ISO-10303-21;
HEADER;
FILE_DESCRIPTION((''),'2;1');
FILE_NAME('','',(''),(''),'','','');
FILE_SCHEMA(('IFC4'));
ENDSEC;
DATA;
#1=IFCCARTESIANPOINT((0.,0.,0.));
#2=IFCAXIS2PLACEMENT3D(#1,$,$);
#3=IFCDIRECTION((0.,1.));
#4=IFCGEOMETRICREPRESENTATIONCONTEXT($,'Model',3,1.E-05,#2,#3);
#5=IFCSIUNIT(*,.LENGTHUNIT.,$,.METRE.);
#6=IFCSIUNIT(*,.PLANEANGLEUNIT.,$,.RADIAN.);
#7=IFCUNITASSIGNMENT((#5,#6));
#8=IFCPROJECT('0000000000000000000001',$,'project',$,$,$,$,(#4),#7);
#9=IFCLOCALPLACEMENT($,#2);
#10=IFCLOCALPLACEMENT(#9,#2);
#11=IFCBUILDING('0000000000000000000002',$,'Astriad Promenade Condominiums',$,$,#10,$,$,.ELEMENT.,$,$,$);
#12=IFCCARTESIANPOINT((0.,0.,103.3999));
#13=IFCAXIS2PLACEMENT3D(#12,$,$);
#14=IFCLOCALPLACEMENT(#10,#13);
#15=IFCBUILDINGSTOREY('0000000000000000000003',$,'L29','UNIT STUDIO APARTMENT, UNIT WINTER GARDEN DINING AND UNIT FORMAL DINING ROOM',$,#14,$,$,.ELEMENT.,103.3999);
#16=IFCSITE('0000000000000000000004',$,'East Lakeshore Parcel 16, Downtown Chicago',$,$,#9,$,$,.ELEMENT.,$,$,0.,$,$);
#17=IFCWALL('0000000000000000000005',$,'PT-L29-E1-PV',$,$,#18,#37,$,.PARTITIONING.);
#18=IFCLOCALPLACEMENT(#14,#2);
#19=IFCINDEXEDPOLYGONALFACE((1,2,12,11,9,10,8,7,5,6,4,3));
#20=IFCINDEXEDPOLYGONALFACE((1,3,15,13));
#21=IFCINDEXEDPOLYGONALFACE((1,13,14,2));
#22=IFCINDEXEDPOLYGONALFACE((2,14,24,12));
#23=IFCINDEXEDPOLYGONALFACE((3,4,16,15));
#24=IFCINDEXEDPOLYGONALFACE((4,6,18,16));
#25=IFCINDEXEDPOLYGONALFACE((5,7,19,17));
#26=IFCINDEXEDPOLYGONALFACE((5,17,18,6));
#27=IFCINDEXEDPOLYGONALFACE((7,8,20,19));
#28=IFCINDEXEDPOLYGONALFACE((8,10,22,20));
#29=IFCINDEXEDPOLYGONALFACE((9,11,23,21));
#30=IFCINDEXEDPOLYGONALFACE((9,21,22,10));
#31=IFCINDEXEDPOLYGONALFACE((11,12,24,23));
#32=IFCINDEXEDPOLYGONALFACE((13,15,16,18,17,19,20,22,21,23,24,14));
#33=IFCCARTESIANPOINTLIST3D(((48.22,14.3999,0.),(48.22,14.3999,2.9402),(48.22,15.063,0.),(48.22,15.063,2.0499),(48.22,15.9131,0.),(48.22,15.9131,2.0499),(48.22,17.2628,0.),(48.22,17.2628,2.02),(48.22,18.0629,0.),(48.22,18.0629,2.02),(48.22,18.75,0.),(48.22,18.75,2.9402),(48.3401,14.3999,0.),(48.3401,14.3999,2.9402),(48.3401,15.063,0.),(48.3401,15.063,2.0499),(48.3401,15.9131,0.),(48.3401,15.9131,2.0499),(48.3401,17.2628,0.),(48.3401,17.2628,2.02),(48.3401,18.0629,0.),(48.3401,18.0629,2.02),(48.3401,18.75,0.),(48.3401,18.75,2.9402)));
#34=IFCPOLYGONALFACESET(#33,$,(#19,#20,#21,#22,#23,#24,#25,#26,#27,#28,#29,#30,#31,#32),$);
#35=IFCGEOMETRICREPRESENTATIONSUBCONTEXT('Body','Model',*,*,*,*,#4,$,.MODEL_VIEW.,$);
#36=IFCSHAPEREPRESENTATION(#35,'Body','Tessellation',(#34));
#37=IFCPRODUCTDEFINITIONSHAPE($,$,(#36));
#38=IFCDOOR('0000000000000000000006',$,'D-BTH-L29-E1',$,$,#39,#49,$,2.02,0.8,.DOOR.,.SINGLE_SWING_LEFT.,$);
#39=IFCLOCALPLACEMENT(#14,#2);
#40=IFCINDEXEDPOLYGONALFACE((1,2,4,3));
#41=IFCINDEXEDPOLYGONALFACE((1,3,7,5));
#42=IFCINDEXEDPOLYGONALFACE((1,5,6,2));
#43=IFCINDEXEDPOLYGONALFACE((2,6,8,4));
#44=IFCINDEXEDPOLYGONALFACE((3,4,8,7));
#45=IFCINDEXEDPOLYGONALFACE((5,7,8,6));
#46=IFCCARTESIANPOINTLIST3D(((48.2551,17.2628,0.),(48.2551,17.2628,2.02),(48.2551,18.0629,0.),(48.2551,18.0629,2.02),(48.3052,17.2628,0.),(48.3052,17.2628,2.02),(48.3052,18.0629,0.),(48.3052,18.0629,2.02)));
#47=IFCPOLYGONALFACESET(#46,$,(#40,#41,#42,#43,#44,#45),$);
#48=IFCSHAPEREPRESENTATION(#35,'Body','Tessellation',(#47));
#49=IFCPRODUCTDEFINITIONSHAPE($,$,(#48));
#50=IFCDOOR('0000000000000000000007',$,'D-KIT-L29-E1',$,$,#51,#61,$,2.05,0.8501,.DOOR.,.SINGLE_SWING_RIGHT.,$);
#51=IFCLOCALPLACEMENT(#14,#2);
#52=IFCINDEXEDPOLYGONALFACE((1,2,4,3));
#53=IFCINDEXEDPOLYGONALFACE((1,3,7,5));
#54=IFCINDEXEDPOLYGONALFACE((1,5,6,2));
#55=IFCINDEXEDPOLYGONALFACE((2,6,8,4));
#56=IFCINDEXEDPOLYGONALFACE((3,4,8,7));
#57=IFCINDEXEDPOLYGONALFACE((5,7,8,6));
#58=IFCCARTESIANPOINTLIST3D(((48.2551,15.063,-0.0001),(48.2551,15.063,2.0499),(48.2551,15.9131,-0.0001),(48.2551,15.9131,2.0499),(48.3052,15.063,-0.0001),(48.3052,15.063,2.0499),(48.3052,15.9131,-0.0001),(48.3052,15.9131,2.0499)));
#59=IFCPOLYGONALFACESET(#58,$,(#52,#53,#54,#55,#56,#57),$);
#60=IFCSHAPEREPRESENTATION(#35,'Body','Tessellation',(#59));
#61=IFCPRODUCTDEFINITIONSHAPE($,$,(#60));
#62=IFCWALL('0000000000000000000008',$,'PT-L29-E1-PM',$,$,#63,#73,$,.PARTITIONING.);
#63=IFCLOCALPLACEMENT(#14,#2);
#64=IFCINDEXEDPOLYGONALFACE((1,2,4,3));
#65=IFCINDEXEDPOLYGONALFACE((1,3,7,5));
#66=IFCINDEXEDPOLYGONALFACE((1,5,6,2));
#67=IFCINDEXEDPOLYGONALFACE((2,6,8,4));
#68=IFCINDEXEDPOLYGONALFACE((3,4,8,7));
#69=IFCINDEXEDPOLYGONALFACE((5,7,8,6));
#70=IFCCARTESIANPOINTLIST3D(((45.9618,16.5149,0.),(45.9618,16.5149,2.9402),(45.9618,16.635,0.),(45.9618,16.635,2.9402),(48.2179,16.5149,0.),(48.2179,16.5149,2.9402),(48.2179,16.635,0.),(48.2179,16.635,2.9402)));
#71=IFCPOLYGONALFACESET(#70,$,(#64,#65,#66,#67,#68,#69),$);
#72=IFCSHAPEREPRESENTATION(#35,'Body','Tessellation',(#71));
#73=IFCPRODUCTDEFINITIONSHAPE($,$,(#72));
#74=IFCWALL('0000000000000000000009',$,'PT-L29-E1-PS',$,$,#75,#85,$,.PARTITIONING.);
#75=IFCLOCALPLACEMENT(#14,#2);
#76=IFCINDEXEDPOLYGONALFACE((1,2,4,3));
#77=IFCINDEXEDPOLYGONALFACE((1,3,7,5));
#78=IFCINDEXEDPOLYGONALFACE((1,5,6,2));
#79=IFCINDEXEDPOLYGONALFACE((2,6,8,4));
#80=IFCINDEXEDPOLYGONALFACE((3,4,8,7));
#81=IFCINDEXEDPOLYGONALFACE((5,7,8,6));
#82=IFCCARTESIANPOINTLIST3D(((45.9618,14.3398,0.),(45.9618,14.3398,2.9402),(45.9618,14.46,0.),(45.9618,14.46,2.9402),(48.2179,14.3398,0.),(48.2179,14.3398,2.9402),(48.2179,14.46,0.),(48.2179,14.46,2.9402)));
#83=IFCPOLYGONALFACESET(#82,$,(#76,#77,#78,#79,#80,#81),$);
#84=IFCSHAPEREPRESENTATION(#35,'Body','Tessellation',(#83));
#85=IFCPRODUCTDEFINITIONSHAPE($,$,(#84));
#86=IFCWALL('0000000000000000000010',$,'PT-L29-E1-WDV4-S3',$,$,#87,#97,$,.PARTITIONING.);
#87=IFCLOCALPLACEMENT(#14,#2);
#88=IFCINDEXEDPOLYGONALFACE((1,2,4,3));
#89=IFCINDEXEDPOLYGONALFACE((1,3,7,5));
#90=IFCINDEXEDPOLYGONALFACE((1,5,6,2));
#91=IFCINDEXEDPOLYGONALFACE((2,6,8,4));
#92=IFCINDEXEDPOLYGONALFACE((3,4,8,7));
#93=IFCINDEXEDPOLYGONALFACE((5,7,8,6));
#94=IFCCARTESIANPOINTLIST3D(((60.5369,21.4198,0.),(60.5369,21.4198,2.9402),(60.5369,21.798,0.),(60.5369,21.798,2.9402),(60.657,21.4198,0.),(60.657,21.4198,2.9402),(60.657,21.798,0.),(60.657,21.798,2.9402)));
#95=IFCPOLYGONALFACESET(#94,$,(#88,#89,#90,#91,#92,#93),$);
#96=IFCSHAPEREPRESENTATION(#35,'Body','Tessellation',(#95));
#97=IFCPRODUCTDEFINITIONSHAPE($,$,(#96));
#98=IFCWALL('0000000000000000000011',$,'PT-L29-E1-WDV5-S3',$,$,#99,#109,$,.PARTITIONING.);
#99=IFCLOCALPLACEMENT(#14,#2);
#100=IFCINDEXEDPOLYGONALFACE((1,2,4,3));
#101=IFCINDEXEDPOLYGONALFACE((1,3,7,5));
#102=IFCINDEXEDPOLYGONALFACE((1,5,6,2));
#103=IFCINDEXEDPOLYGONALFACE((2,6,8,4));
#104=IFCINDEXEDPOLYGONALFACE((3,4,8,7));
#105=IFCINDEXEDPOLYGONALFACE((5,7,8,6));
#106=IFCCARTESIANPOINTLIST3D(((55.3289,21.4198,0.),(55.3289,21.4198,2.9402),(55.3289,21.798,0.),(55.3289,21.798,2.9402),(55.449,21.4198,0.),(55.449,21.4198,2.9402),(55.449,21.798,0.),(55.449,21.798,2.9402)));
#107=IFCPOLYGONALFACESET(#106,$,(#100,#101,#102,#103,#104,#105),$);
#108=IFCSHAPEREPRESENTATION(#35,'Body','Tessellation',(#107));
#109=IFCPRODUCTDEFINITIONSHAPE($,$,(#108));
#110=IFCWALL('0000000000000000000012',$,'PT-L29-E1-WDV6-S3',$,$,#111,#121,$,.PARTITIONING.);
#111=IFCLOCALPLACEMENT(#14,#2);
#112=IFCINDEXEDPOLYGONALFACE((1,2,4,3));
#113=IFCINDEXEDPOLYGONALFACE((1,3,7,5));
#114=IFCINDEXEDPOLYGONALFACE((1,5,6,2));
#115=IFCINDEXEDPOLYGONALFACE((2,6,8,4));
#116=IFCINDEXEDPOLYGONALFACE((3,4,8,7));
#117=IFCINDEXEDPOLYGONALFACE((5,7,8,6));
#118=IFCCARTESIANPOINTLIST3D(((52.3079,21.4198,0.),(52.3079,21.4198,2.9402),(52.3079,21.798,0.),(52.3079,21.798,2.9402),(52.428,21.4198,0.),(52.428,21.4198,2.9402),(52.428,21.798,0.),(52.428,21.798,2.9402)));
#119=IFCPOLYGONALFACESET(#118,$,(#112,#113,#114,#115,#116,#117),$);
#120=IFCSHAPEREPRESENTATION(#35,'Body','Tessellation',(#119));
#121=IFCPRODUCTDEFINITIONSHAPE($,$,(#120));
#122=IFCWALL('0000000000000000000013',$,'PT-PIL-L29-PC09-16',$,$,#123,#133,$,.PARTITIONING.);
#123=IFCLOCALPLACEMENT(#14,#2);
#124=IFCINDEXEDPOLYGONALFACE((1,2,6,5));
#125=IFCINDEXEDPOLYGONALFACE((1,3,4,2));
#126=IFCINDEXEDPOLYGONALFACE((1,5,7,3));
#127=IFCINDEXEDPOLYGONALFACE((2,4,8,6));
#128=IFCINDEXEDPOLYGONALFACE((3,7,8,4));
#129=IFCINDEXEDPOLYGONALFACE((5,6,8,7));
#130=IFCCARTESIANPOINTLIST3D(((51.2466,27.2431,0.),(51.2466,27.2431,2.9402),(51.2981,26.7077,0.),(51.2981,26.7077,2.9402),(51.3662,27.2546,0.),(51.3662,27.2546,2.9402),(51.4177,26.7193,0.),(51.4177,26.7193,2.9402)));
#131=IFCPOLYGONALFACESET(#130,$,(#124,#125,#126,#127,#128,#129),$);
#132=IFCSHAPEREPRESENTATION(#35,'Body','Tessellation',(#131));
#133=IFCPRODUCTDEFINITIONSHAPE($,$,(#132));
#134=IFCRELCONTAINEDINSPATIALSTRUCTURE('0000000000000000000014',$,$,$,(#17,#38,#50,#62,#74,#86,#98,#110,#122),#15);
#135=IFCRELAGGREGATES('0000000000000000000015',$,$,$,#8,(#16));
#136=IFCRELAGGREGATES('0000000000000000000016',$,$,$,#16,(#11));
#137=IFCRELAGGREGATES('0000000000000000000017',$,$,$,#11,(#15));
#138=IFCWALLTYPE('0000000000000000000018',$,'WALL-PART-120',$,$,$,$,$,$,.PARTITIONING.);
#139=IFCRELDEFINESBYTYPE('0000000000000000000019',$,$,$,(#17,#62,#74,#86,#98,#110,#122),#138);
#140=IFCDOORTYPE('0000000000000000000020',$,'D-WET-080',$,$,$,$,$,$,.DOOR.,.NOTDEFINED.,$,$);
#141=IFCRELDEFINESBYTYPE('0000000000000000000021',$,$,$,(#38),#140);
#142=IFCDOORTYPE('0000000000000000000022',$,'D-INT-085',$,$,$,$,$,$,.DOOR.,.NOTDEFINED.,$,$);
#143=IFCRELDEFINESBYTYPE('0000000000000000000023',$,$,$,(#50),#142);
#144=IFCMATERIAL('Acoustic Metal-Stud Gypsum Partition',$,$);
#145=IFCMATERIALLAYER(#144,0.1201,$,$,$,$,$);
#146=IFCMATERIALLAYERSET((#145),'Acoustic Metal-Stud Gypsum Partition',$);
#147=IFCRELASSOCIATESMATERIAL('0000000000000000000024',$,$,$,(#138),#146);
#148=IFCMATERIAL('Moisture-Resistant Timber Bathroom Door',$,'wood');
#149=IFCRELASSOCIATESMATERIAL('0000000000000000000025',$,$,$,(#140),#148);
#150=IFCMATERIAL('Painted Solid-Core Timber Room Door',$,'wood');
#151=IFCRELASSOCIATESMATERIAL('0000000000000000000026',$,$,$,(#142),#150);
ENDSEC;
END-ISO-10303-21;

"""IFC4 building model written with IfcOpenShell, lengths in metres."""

from ifc_helpers import new_model, si_unit, direction, frame, frame_2d, origin, place, context, subcontext, project, spatial, rectangle, extrude, source, transform, mapped, material, layer, layer_set, type_object, type_shapes, element, fill, save


model = new_model("IFC4")

# Units and contexts
model_context = context("Model", 3, precision=1e-05, world=origin(), true_north=direction((0.0, 1.0)))
body_context = subcontext(model_context, "Body", "Model", "MODEL_VIEW")
ifc_project = project(units=[si_unit("LENGTHUNIT", "METRE"), si_unit("PLANEANGLEUNIT", "RADIAN")], contexts=[model_context])

# Site, building, storey
site_placement = place(None, origin())
site = spatial("IfcSite", under=ifc_project, at=site_placement, Name="East Lakeshore Parcel 16, Downtown Chicago", CompositionType="ELEMENT", RefElevation=0.0)
building_placement = place(site_placement, origin())
building = spatial("IfcBuilding", under=site, at=building_placement, Name="Astriad Promenade Condominiums", CompositionType="ELEMENT")
storey_placement = place(building_placement, frame((0.0, 0.0, 103.3999)))
storey = spatial("IfcBuildingStorey", under=building, at=storey_placement, Name="L29", Description="UNIT STUDIO APARTMENT, UNIT WINTER GARDEN DINING AND UNIT FORMAL DINING ROOM", CompositionType="ELEMENT", Elevation=103.3999)

# Wall, openings, doors
ifc_material_1 = material(Name="Acoustic Metal-Stud Gypsum Partition")
ifc_layer_1 = layer(ifc_material_1, 0.1201)
ifc_layer_set_1 = layer_set([ifc_layer_1], Name="Acoustic Metal-Stud Gypsum Partition")
wall_type_1 = type_object("IfcWallType", Name="WALL-PART-120", PredefinedType="PARTITIONING", material=ifc_layer_set_1)
wall_1_placement = place(storey_placement, frame((48.28, 14.3999, 0.0), z_axis=(0.0, 0.0, 1.0), x_axis=(0.0, 1.0, 0.0)))
wall_1 = element("IfcWall", 1, at=wall_1_placement, inside=storey, type_object=wall_type_1, Name="PT-L29-E1-PV", PredefinedType="PARTITIONING", context=body_context, shape_type="SweptSolid", body=[
    extrude(rectangle(XDim=4.3501, YDim=0.1201, at=frame_2d((2.175, 0.0))), origin(), (0.0, 0.0, 1.0), 2.9402),
])
opening_1_placement = place(wall_1_placement, frame((0.6631, 0.0, 0.0)))
opening_1 = element("IfcOpeningElement", 2, at=opening_1_placement, cuts=wall_1, PredefinedType="OPENING", context=body_context, shape_type="SweptSolid", body=[
    extrude(rectangle(XDim=0.8501, YDim=2.05, at=frame_2d((0.425, 1.0249))), frame((0.0, 0.0701, 0.0), z_axis=(0.0, -1.0, 0.0), x_axis=(1.0, 0.0, 0.0)), (0.0, 0.0, 1.0), 0.1401),
])
opening_2_placement = place(wall_1_placement, frame((2.863, 0.0, 0.0)))
opening_2 = element("IfcOpeningElement", 3, at=opening_2_placement, cuts=wall_1, PredefinedType="OPENING", context=body_context, shape_type="SweptSolid", body=[
    extrude(rectangle(XDim=0.8, YDim=2.02, at=frame_2d((0.3999, 1.01))), frame((0.0, 0.0701, 0.0), z_axis=(0.0, -1.0, 0.0), x_axis=(1.0, 0.0, 0.0)), (0.0, 0.0, 1.0), 0.1401),
])
ifc_material_2 = material(Name="Moisture-Resistant Timber Bathroom Door", Category="wood")
door_type_1 = type_object("IfcDoorType", Name="D-WET-080", OperationType="NOTDEFINED", PredefinedType="DOOR", material=ifc_material_2)
shared_shape_1 = source(origin(), body_context, "Body", "SweptSolid", [
    extrude(rectangle(XDim=0.8, YDim=2.02, at=frame_2d((0.3999, 1.01))), frame((0.0, 0.0249, 0.0), z_axis=(0.0, -1.0, 0.0), x_axis=(1.0, 0.0, 0.0)), (0.0, 0.0, 1.0), 0.05),
])
type_shapes(door_type_1, [shared_shape_1])
door_1_placement = place(opening_2_placement, origin())
door_1 = element("IfcDoor", 4, at=door_1_placement, inside=storey, type_object=door_type_1, Name="D-BTH-L29-E1", OperationType="SINGLE_SWING_LEFT", OverallHeight=2.02, OverallWidth=0.8, PredefinedType="DOOR", context=body_context, shape_type="MappedRepresentation", body=[
    mapped(shared_shape_1, transform((0.0, 0.0, 0.0), scale=1.0)),
])
fill(opening_2, door_1)
ifc_material_3 = material(Name="Painted Solid-Core Timber Room Door", Category="wood")
door_type_2 = type_object("IfcDoorType", Name="D-INT-085", OperationType="NOTDEFINED", PredefinedType="DOOR", material=ifc_material_3)
shared_shape_2 = source(origin(), body_context, "Body", "SweptSolid", [
    extrude(rectangle(XDim=0.8501, YDim=2.05, at=frame_2d((0.425, 1.0249))), frame((0.0, 0.0249, 0.0), z_axis=(0.0, -1.0, 0.0), x_axis=(1.0, 0.0, 0.0)), (0.0, 0.0, 1.0), 0.05),
])
type_shapes(door_type_2, [shared_shape_2])
door_2_placement = place(opening_1_placement, origin())
door_2 = element("IfcDoor", 5, at=door_2_placement, inside=storey, type_object=door_type_2, Name="D-KIT-L29-E1", OperationType="SINGLE_SWING_RIGHT", OverallHeight=2.05, OverallWidth=0.8501, PredefinedType="DOOR", context=body_context, shape_type="MappedRepresentation", body=[
    mapped(shared_shape_2, transform((0.0, 0.0, 0.0), scale=1.0)),
])
fill(opening_1, door_2)

# Walls
for number, where, z_axis, x_axis, name in (
    (6, (45.9619, 16.575, 0.0), (0.0, 0.0, 1.0), (1.0, 0.0, 0.0), "PT-L29-E1-PM"),
    (7, (45.9619, 14.3999, 0.0), (0.0, 0.0, 1.0), (1.0, 0.0, 0.0), "PT-L29-E1-PS"),
):
    element("IfcWall", number, at=place(storey_placement, frame(where, z_axis=z_axis, x_axis=x_axis)), inside=storey, type_object=wall_type_1, Name=name, PredefinedType="PARTITIONING", context=body_context, shape_type="SweptSolid", body=[
        extrude(rectangle(XDim=2.2561, YDim=0.1201, at=frame_2d((1.1279, 0.0))), origin(), (0.0, 0.0, 1.0), 2.9402),
    ])
for number, where, z_axis, x_axis, name in (
    (8, (60.5969, 21.4199, 0.0), (0.0, 0.0, 1.0), (0.0, 1.0, 0.0), "PT-L29-E1-WDV4-S3"),
    (9, (55.3889, 21.4199, 0.0), (0.0, 0.0, 1.0), (0.0, 1.0, 0.0), "PT-L29-E1-WDV5-S3"),
    (10, (52.3679, 21.4199, 0.0), (0.0, 0.0, 1.0), (0.0, 1.0, 0.0), "PT-L29-E1-WDV6-S3"),
):
    element("IfcWall", number, at=place(storey_placement, frame(where, z_axis=z_axis, x_axis=x_axis)), inside=storey, type_object=wall_type_1, Name=name, PredefinedType="PARTITIONING", context=body_context, shape_type="SweptSolid", body=[
        extrude(rectangle(XDim=0.3782, YDim=0.1201, at=frame_2d((0.189, 0.0))), origin(), (0.0, 0.0, 1.0), 2.9402),
    ])
wall_2_placement = place(storey_placement, frame((51.3579, 26.7134, 0.0), z_axis=(0.0, 0.0, 1.0), x_axis=(-0.095773, 0.995403, 0.0)))
element("IfcWall", 11, at=wall_2_placement, inside=storey, type_object=wall_type_1, Name="PT-PIL-L29-PC09-16", PredefinedType="PARTITIONING", context=body_context, shape_type="SweptSolid", body=[
    extrude(rectangle(XDim=0.5378, YDim=0.1201, at=frame_2d((0.269, 0.0))), origin(), (0.0, 0.0, 1.0), 2.9402),
])

save(model, "model.ifc")
